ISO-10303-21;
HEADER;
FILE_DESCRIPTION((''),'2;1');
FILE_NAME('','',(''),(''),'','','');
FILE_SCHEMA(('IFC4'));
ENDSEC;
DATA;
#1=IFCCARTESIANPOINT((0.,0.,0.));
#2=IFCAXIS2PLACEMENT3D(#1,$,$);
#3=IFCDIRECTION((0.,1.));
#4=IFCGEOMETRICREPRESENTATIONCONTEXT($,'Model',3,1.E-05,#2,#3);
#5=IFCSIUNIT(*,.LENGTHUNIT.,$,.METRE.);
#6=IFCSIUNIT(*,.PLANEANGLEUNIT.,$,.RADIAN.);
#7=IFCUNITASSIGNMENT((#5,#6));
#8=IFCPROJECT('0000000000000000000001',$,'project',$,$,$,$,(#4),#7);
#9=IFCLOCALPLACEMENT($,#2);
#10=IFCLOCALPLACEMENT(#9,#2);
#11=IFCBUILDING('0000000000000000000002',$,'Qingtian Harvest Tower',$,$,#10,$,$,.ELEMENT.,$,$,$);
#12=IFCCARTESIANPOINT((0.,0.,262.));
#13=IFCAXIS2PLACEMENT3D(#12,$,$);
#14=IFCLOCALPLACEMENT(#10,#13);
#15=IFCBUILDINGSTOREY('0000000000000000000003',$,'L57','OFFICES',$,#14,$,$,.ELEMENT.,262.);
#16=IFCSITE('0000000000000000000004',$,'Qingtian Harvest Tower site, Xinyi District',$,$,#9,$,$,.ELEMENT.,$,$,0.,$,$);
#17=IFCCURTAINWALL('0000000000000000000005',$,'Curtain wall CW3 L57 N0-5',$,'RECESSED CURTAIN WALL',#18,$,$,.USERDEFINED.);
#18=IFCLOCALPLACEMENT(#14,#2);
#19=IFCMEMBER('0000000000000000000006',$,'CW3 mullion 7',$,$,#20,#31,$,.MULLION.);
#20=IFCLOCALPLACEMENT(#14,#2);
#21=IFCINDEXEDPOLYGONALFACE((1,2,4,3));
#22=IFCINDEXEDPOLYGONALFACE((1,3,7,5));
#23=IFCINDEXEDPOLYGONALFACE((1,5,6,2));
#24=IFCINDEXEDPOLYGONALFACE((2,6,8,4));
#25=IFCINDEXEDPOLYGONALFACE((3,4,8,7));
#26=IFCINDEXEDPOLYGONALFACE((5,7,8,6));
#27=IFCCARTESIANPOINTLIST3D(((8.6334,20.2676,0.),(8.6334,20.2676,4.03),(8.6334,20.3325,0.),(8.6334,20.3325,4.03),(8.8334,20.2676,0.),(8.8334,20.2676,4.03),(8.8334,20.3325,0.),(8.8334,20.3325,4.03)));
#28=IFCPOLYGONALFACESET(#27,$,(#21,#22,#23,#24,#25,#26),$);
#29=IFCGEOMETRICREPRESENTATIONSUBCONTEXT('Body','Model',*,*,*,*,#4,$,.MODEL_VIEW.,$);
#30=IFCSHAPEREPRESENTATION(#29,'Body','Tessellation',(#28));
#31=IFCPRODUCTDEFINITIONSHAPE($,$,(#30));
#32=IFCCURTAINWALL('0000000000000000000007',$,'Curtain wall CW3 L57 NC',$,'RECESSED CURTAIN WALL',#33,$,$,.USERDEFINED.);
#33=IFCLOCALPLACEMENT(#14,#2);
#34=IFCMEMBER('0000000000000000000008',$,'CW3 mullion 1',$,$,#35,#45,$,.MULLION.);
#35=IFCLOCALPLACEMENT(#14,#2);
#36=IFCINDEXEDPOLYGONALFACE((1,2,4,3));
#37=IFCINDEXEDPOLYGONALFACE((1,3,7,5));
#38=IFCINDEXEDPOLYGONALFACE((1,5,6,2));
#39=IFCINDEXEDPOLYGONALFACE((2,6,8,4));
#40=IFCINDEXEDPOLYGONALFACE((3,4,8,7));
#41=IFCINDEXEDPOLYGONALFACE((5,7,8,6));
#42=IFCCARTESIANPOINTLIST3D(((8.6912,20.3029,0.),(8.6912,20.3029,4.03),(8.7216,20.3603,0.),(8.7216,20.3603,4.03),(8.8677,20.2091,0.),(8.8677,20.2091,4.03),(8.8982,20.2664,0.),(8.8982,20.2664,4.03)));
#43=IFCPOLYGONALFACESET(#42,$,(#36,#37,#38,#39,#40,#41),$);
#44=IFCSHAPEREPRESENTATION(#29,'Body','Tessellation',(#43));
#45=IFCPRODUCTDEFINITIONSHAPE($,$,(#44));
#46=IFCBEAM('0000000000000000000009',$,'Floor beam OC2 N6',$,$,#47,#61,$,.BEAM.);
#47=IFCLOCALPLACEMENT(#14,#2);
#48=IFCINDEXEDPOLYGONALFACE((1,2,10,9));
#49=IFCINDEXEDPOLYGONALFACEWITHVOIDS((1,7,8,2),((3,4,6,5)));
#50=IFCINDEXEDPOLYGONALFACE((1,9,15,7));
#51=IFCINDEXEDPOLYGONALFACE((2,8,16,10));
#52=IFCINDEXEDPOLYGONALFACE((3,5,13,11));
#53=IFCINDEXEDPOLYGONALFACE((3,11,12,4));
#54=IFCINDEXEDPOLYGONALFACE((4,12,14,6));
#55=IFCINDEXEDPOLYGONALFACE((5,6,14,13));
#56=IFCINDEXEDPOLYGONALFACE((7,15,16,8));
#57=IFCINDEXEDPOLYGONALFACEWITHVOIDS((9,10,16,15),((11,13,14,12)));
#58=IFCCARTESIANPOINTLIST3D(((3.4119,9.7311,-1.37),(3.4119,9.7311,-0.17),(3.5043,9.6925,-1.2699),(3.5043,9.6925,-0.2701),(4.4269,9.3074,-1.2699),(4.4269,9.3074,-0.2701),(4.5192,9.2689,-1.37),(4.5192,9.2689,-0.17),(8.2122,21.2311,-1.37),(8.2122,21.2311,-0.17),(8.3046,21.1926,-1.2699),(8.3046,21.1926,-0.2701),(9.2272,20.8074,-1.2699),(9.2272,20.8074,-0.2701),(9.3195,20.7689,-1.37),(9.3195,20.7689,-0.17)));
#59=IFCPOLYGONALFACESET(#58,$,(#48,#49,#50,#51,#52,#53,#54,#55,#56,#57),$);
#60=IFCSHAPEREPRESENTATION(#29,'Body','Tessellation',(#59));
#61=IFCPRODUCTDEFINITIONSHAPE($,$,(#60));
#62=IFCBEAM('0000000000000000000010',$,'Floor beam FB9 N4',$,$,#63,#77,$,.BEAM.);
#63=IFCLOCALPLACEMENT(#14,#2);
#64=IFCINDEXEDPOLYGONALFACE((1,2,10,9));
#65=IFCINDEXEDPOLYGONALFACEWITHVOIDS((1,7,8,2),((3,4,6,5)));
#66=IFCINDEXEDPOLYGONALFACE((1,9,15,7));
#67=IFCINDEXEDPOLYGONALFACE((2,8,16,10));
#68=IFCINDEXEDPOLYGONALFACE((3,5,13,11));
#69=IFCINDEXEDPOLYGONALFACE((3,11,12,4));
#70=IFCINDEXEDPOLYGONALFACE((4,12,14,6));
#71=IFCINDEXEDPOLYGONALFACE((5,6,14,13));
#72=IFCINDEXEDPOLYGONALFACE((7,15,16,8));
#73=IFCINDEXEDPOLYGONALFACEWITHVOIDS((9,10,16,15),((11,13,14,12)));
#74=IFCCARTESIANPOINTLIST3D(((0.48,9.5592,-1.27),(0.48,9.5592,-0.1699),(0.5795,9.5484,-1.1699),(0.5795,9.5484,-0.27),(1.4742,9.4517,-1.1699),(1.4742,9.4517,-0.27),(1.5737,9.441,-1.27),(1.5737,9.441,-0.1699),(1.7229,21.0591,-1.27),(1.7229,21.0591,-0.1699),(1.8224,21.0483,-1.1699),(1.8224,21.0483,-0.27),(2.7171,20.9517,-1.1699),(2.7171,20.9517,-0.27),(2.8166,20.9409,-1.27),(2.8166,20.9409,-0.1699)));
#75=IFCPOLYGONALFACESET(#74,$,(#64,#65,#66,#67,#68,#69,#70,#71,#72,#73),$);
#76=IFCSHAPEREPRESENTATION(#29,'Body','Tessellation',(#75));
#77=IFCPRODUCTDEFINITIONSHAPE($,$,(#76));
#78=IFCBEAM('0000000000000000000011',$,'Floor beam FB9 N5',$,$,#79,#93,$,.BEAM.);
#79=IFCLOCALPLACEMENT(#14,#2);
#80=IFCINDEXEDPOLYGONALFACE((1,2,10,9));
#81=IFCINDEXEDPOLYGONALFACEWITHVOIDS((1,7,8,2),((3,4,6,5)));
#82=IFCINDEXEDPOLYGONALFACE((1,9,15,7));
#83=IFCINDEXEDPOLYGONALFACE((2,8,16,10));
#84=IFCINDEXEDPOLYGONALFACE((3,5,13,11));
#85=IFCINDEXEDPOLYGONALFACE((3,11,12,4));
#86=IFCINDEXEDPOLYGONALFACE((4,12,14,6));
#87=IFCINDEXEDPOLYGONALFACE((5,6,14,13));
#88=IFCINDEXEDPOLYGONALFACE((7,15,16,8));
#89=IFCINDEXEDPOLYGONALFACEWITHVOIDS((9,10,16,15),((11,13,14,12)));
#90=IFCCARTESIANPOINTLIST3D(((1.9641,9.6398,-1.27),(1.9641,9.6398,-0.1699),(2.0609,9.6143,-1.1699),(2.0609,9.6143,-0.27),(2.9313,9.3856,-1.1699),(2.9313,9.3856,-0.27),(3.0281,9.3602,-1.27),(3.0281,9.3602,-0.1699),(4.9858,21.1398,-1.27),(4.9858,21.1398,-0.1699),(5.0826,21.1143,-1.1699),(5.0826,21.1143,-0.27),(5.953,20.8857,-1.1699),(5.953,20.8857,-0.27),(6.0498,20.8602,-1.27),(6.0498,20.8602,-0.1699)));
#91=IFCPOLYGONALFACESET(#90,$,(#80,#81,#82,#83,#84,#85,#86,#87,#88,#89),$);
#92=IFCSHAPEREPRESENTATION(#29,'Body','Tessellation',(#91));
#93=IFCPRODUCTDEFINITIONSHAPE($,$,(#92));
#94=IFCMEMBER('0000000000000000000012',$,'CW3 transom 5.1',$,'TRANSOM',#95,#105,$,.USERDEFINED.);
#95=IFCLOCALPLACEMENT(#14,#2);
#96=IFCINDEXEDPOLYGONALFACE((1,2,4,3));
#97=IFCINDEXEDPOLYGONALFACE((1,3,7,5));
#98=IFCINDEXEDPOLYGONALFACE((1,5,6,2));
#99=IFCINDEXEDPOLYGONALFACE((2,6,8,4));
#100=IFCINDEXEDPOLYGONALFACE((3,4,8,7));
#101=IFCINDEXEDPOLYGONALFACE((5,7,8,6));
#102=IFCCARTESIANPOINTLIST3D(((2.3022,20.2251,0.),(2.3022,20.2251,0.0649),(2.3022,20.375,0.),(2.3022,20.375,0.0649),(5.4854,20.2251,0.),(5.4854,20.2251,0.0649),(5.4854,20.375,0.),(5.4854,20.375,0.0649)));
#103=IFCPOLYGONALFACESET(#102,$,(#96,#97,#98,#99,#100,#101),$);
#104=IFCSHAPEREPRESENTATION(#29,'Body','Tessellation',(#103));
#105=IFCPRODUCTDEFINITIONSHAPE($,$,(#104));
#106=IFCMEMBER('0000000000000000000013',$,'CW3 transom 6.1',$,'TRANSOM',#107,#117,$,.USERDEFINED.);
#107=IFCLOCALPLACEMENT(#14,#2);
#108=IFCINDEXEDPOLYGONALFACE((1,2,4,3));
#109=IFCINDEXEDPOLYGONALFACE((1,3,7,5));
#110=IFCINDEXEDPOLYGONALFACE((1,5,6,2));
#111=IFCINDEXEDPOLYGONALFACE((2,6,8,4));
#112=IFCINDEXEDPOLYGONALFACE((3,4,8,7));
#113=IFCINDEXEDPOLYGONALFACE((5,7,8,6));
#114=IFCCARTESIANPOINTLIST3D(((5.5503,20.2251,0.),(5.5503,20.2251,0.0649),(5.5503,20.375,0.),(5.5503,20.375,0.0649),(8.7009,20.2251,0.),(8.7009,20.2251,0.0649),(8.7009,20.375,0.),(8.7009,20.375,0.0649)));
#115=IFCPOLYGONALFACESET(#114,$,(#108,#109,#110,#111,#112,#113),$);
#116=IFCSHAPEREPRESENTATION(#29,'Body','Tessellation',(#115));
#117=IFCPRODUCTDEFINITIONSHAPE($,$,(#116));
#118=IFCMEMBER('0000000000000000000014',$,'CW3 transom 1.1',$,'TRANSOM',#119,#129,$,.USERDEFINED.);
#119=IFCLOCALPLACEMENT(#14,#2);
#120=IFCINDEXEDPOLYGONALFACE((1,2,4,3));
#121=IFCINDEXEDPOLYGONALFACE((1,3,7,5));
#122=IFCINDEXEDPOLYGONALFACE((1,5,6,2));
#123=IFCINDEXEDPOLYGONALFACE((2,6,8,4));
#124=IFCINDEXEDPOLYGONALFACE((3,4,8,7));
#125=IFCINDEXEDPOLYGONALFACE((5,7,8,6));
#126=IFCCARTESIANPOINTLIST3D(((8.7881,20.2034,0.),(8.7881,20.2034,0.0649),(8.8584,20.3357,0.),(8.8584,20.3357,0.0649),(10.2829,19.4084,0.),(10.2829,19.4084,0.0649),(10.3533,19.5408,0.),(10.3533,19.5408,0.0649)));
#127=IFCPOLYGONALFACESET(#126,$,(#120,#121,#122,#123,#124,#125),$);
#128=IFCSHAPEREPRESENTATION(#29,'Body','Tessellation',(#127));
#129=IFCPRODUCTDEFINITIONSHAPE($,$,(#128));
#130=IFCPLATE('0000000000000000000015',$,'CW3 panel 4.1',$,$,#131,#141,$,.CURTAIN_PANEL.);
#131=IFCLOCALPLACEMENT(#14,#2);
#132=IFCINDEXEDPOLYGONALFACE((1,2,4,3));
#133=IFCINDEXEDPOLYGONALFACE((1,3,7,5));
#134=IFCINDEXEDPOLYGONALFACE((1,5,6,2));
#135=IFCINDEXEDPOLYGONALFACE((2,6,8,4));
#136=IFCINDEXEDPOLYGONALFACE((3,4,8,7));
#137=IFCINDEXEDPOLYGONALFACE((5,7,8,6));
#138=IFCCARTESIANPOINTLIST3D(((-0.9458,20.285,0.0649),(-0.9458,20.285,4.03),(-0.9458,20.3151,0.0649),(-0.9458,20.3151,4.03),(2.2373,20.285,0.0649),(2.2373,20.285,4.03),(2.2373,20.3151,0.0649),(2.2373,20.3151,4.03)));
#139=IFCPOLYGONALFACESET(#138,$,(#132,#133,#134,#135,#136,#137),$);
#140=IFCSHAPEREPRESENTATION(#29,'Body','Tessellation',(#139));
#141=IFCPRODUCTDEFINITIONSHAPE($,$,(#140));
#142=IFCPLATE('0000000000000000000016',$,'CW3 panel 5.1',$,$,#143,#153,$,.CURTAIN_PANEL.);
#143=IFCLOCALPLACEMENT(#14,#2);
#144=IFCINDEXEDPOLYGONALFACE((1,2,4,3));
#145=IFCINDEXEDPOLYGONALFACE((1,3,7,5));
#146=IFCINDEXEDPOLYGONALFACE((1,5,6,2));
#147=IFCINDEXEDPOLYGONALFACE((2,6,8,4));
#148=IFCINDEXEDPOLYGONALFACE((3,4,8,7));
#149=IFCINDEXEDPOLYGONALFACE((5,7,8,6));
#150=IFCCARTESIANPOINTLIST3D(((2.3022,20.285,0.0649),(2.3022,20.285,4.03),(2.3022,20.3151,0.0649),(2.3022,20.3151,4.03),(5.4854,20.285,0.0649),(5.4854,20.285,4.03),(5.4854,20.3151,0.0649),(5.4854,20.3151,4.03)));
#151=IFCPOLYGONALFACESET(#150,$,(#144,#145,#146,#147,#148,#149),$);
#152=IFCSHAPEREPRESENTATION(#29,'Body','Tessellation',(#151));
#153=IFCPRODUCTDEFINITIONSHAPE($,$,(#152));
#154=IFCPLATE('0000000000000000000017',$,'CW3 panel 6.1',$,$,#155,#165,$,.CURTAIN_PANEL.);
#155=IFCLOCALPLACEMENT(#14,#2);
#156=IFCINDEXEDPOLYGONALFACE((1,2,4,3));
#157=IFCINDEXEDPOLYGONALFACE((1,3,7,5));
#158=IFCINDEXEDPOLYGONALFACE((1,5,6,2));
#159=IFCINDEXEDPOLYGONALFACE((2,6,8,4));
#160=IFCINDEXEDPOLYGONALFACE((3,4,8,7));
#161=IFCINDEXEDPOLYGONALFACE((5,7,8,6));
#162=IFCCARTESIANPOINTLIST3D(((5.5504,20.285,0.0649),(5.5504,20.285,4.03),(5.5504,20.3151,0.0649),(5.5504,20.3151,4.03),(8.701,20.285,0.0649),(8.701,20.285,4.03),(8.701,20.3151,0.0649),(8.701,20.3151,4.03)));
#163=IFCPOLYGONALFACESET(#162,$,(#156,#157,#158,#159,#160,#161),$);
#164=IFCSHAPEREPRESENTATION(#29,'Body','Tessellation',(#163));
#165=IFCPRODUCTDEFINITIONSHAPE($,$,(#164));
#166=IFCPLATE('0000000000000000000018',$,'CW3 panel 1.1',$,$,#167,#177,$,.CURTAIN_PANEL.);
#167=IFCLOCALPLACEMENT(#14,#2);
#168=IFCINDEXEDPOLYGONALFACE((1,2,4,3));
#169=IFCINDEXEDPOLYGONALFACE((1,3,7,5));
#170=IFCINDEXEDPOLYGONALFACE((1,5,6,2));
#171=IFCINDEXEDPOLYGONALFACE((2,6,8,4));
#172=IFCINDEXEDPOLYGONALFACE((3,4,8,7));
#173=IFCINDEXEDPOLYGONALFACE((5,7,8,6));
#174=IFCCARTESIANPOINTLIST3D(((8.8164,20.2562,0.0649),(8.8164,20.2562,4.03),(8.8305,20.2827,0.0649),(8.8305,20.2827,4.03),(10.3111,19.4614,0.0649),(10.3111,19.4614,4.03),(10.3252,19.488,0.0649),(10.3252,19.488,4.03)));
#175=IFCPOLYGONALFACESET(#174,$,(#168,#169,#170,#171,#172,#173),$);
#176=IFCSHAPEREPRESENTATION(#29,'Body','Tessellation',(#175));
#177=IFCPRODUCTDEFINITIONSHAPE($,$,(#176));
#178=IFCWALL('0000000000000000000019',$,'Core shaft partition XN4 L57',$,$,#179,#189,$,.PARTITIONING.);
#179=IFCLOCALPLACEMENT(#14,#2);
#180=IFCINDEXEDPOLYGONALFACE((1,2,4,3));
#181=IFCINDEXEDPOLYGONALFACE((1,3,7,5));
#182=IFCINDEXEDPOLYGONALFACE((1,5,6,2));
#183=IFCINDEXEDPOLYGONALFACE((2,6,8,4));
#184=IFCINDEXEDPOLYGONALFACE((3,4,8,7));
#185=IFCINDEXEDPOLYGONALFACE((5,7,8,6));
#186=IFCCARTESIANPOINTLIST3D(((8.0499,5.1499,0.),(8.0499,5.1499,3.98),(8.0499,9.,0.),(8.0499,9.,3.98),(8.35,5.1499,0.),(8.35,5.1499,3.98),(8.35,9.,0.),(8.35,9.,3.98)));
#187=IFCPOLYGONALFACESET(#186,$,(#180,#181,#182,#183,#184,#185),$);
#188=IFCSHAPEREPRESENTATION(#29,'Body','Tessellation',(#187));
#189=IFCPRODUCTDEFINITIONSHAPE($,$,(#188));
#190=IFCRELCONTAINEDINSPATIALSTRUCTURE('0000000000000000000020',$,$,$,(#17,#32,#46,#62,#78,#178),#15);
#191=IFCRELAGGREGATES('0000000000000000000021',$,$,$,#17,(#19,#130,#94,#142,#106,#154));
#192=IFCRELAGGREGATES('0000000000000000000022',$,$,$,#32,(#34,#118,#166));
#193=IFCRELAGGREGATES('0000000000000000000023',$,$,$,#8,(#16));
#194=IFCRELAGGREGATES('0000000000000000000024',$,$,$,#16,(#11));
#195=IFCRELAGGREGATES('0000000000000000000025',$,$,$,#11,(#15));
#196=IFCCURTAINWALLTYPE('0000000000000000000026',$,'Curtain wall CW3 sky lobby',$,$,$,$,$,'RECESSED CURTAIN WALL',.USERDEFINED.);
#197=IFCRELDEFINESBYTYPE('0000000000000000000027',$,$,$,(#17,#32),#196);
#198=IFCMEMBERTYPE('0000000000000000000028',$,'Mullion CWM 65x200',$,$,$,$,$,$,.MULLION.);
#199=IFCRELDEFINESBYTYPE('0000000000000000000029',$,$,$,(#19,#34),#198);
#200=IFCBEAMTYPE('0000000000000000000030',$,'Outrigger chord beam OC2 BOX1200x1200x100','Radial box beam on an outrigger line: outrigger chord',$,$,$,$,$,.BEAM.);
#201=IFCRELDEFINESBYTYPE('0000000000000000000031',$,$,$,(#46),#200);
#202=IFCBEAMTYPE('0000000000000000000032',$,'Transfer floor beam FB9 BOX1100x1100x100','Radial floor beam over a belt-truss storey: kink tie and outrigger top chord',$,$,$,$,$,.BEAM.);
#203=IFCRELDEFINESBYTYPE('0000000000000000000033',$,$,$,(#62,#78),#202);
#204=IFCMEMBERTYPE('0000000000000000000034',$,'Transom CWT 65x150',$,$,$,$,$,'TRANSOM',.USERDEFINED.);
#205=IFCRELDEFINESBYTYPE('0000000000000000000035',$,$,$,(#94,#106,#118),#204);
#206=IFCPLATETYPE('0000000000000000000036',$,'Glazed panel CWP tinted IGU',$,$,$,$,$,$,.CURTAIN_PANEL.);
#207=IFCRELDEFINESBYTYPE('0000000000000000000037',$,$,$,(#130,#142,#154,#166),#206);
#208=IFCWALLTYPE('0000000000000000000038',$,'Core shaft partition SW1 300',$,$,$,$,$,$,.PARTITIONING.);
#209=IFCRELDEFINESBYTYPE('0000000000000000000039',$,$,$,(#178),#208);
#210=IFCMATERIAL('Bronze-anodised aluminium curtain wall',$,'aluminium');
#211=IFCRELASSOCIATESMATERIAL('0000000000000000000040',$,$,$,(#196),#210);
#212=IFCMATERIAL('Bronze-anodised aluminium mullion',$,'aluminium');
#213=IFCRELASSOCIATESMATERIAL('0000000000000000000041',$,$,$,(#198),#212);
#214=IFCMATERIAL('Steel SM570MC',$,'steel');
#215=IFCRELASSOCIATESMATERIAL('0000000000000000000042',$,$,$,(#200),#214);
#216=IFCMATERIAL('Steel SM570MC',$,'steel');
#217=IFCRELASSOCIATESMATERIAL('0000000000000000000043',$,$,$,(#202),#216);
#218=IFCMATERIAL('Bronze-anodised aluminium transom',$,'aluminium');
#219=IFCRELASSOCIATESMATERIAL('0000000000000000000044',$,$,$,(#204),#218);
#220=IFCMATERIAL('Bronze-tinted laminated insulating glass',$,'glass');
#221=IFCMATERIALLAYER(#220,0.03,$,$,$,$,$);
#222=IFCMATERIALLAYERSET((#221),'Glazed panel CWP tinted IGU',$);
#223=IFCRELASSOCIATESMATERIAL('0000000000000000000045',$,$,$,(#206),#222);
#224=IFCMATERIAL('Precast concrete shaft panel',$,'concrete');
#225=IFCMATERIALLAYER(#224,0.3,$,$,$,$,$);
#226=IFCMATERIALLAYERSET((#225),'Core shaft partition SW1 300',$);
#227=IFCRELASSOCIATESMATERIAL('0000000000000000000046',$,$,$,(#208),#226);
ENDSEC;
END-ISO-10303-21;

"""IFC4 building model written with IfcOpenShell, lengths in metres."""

from ifc_helpers import new_model, si_unit, direction, frame, frame_2d, origin, origin_2d, place, context, subcontext, project, spatial, rectangle, hollow_rectangle, extrude, material, layer, layer_set, material_profile, profile_set, type_object, element, aggregate, save


model = new_model("IFC4")

# Units and contexts
model_context = context("Model", 3, precision=1e-05, world=origin(), true_north=direction((0.0, 1.0)))
body_context = subcontext(model_context, "Body", "Model", "MODEL_VIEW")
ifc_project = project(units=[si_unit("LENGTHUNIT", "METRE"), si_unit("PLANEANGLEUNIT", "RADIAN")], contexts=[model_context])

# Site, building, storey
site_placement = place(None, origin())
site = spatial("IfcSite", under=ifc_project, at=site_placement, Name="Qingtian Harvest Tower site, Xinyi District", CompositionType="ELEMENT", RefElevation=0.0)
building_placement = place(site_placement, origin())
building = spatial("IfcBuilding", under=site, at=building_placement, Name="Qingtian Harvest Tower", CompositionType="ELEMENT")
storey_placement = place(building_placement, frame((0.0, 0.0, 262.0)))
storey = spatial("IfcBuildingStorey", under=building, at=storey_placement, Name="L57", Description="OFFICES", CompositionType="ELEMENT", Elevation=262.0)

# Curtain wall, member
ifc_material_1 = material(Name="Bronze-anodised aluminium curtain wall", Category="aluminium")
curtain_wall_type = type_object("IfcCurtainWallType", Name="Curtain wall CW3 sky lobby", ElementType="RECESSED CURTAIN WALL", PredefinedType="USERDEFINED", material=ifc_material_1)
curtain_wall_1_placement = place(storey_placement, origin())
curtain_wall_1 = element("IfcCurtainWall", 1, at=curtain_wall_1_placement, inside=storey, type_object=curtain_wall_type, Name="Curtain wall CW3 L57 N0-5", ObjectType="RECESSED CURTAIN WALL", PredefinedType="USERDEFINED")
ifc_material_2 = material(Name="Bronze-anodised aluminium mullion", Category="aluminium")
ifc_material_profile_1 = material_profile(ifc_material_2, rectangle(XDim=0.0649, YDim=0.2, at=origin_2d()), Name="AL 65x200")
ifc_profile_set_1 = profile_set([ifc_material_profile_1], Name="Bronze-anodised aluminium mullion")
member_type_1 = type_object("IfcMemberType", Name="Mullion CWM 65x200", PredefinedType="MULLION", material=ifc_profile_set_1)
member_1_placement = place(storey_placement, frame((8.7334, 20.3, 0.0), z_axis=(0.0, 0.0, 1.0), x_axis=(0.0, 1.0, 0.0)))
member_1 = element("IfcMember", 2, at=member_1_placement, type_object=member_type_1, Name="CW3 mullion 7", PredefinedType="MULLION", context=body_context, shape_type="SweptSolid", body=[
    extrude(rectangle(XDim=0.0649, YDim=0.2, at=origin_2d()), origin(), (0.0, 0.0, 1.0), 4.03),
])

# Curtain wall, member
curtain_wall_2_placement = place(storey_placement, origin())
curtain_wall_2 = element("IfcCurtainWall", 3, at=curtain_wall_2_placement, inside=storey, type_object=curtain_wall_type, Name="Curtain wall CW3 L57 NC", ObjectType="RECESSED CURTAIN WALL", PredefinedType="USERDEFINED")
member_2_placement = place(storey_placement, frame((8.7947, 20.2847, 0.0), z_axis=(0.0, 0.0, 1.0), x_axis=(0.469472, 0.882948, 0.0)))
member_2 = element("IfcMember", 4, at=member_2_placement, type_object=member_type_1, Name="CW3 mullion 1", PredefinedType="MULLION", context=body_context, shape_type="SweptSolid", body=[
    extrude(rectangle(XDim=0.0649, YDim=0.2, at=origin_2d()), origin(), (0.0, 0.0, 1.0), 4.03),
])

# Beams
ifc_material_3 = material(Name="Steel SM570MC", Category="steel")
ifc_material_profile_2 = material_profile(ifc_material_3, hollow_rectangle(XDim=1.2, YDim=1.2, WallThickness=0.1001, at=origin_2d()), Name="BOX1200x1200x100")
ifc_profile_set_2 = profile_set([ifc_material_profile_2], Name="Steel SM570MC")
beam_type_1 = type_object("IfcBeamType", Name="Outrigger chord beam OC2 BOX1200x1200x100", Description="Radial box beam on an outrigger line: outrigger chord", PredefinedType="BEAM", material=ifc_profile_set_2)
beam_1_placement = place(storey_placement, frame((8.7659, 21.0, -0.77), z_axis=(-0.385205, -0.922831, 0.0), x_axis=(0.922831, -0.385205, 0.0)))
element("IfcBeam", 5, at=beam_1_placement, inside=storey, type_object=beam_type_1, Name="Floor beam OC2 N6", PredefinedType="BEAM", context=body_context, shape_type="SweptSolid", body=[
    extrude(hollow_rectangle(XDim=1.2, YDim=1.2, WallThickness=0.1001, at=origin_2d()), origin(), (0.0, 0.0, 1.0), 12.4617),
])
ifc_material_4 = material(Name="Steel SM570MC", Category="steel")
ifc_material_profile_3 = material_profile(ifc_material_4, hollow_rectangle(XDim=1.1001, YDim=1.1001, WallThickness=0.1001, at=origin_2d()), Name="BOX1100x1100x100")
ifc_profile_set_3 = profile_set([ifc_material_profile_3], Name="Steel SM570MC")
beam_type_2 = type_object("IfcBeamType", Name="Transfer floor beam FB9 BOX1100x1100x100", Description="Radial floor beam over a belt-truss storey: kink tie and outrigger top chord", PredefinedType="BEAM", material=ifc_profile_set_3)
beam_2_placement = place(storey_placement, frame((2.2698, 21.0, -0.72), z_axis=(-0.107454, -0.99421, 0.0), x_axis=(0.99421, -0.107454, 0.0)))
element("IfcBeam", 6, at=beam_2_placement, inside=storey, type_object=beam_type_2, Name="Floor beam FB9 N4", PredefinedType="BEAM", context=body_context, shape_type="SweptSolid", body=[
    extrude(hollow_rectangle(XDim=1.1001, YDim=1.1001, WallThickness=0.1001, at=origin_2d()), origin(), (0.0, 0.0, 1.0), 11.5669),
])
beam_3_placement = place(storey_placement, frame((5.5178, 21.0, -0.72), z_axis=(-0.254132, -0.967169, 0.0), x_axis=(0.967169, -0.254132, 0.0)))
element("IfcBeam", 7, at=beam_3_placement, inside=storey, type_object=beam_type_2, Name="Floor beam FB9 N5", PredefinedType="BEAM", context=body_context, shape_type="SweptSolid", body=[
    extrude(hollow_rectangle(XDim=1.1001, YDim=1.1001, WallThickness=0.1001, at=origin_2d()), origin(), (0.0, 0.0, 1.0), 11.8904),
])

# Members
ifc_material_5 = material(Name="Bronze-anodised aluminium transom", Category="aluminium")
ifc_material_profile_4 = material_profile(ifc_material_5, rectangle(XDim=0.1499, YDim=0.0649, at=origin_2d()), Name="AL 65x150")
ifc_profile_set_4 = profile_set([ifc_material_profile_4], Name="Bronze-anodised aluminium transom")
member_type_2 = type_object("IfcMemberType", Name="Transom CWT 65x150", ElementType="TRANSOM", PredefinedType="USERDEFINED", material=ifc_profile_set_4)
member_3_placement = place(storey_placement, frame((2.3022, 20.3, 0.0325), z_axis=(1.0, 0.0, 0.0), x_axis=(0.0, 1.0, 0.0)))
member_3 = element("IfcMember", 8, at=member_3_placement, type_object=member_type_2, Name="CW3 transom 5.1", ObjectType="TRANSOM", PredefinedType="USERDEFINED", context=body_context, shape_type="SweptSolid", body=[
    extrude(rectangle(XDim=0.1499, YDim=0.0649, at=origin_2d()), origin(), (0.0, 0.0, 1.0), 3.1831),
])
member_4_placement = place(storey_placement, frame((5.5503, 20.3, 0.0325), z_axis=(1.0, 0.0, 0.0), x_axis=(0.0, 1.0, 0.0)))
member_4 = element("IfcMember", 9, at=member_4_placement, type_object=member_type_2, Name="CW3 transom 6.1", ObjectType="TRANSOM", PredefinedType="USERDEFINED", context=body_context, shape_type="SweptSolid", body=[
    extrude(rectangle(XDim=0.1499, YDim=0.0649, at=origin_2d()), origin(), (0.0, 0.0, 1.0), 3.1506),
])
member_5_placement = place(storey_placement, frame((8.8232, 20.2695, 0.0325), z_axis=(0.882927, -0.46951, 0.0), x_axis=(0.46951, 0.882927, 0.0)))
member_5 = element("IfcMember", 10, at=member_5_placement, type_object=member_type_2, Name="CW3 transom 1.1", ObjectType="TRANSOM", PredefinedType="USERDEFINED", context=body_context, shape_type="SweptSolid", body=[
    extrude(rectangle(XDim=0.1499, YDim=0.0649, at=origin_2d()), origin(), (0.0, 0.0, 1.0), 1.6931),
])

# Plates
ifc_material_6 = material(Name="Bronze-tinted laminated insulating glass", Category="glass")
ifc_layer_1 = layer(ifc_material_6, 0.03)
ifc_layer_set_1 = layer_set([ifc_layer_1], Name="Glazed panel CWP tinted IGU")
plate_type = type_object("IfcPlateType", Name="Glazed panel CWP tinted IGU", PredefinedType="CURTAIN_PANEL", material=ifc_layer_set_1)
plate_1_placement = place(storey_placement, frame((0.6458, 20.3, 0.0649), z_axis=(0.0, 0.0, 1.0), x_axis=(1.0, 0.0, 0.0)))
plate_1 = element("IfcPlate", 11, at=plate_1_placement, type_object=plate_type, Name="CW3 panel 4.1", PredefinedType="CURTAIN_PANEL", context=body_context, shape_type="SweptSolid", body=[
    extrude(rectangle(XDim=3.1831, YDim=0.03, at=origin_2d()), origin(), (0.0, 0.0, 1.0), 3.9651),
])
plate_2_placement = place(storey_placement, frame((3.8938, 20.3, 0.0649), z_axis=(0.0, 0.0, 1.0), x_axis=(1.0, 0.0, 0.0)))
plate_2 = element("IfcPlate", 12, at=plate_2_placement, type_object=plate_type, Name="CW3 panel 5.1", PredefinedType="CURTAIN_PANEL", context=body_context, shape_type="SweptSolid", body=[
    extrude(rectangle(XDim=3.1831, YDim=0.03, at=origin_2d()), origin(), (0.0, 0.0, 1.0), 3.9651),
])
plate_3_placement = place(storey_placement, frame((7.1257, 20.3, 0.0649), z_axis=(0.0, 0.0, 1.0), x_axis=(1.0, 0.0, 0.0)))
plate_3 = element("IfcPlate", 13, at=plate_3_placement, type_object=plate_type, Name="CW3 panel 6.1", PredefinedType="CURTAIN_PANEL", context=body_context, shape_type="SweptSolid", body=[
    extrude(rectangle(XDim=3.1506, YDim=0.03, at=origin_2d()), origin(), (0.0, 0.0, 1.0), 3.9651),
])
aggregate(curtain_wall_1, [member_1, plate_1, member_3, plate_2, member_4, plate_3])
plate_4_placement = place(storey_placement, frame((9.5708, 19.8721, 0.0649), z_axis=(0.0, 0.0, 1.0), x_axis=(0.882948, -0.469472, 0.0)))
plate_4 = element("IfcPlate", 14, at=plate_4_placement, type_object=plate_type, Name="CW3 panel 1.1", PredefinedType="CURTAIN_PANEL", context=body_context, shape_type="SweptSolid", body=[
    extrude(rectangle(XDim=1.6929, YDim=0.03, at=origin_2d()), origin(), (0.0, 0.0, 1.0), 3.9651),
])
aggregate(curtain_wall_2, [member_2, member_5, plate_4])

# Wall
ifc_material_7 = material(Name="Precast concrete shaft panel", Category="concrete")
ifc_layer_2 = layer(ifc_material_7, 0.3)
ifc_layer_set_2 = layer_set([ifc_layer_2], Name="Core shaft partition SW1 300")
wall_type_1 = type_object("IfcWallType", Name="Core shaft partition SW1 300", PredefinedType="PARTITIONING", material=ifc_layer_set_2)
wall_1_placement = place(storey_placement, frame((8.2, 5.1499, 0.0), z_axis=(0.0, 0.0, 1.0), x_axis=(0.0, 1.0, 0.0)))
element("IfcWall", 15, at=wall_1_placement, inside=storey, type_object=wall_type_1, Name="Core shaft partition XN4 L57", PredefinedType="PARTITIONING", context=body_context, shape_type="SweptSolid", body=[
    extrude(rectangle(XDim=3.8501, YDim=0.3, at=frame_2d((1.925, 0.0))), origin(), (0.0, 0.0, 1.0), 3.98),
])

save(model, "model.ifc")
